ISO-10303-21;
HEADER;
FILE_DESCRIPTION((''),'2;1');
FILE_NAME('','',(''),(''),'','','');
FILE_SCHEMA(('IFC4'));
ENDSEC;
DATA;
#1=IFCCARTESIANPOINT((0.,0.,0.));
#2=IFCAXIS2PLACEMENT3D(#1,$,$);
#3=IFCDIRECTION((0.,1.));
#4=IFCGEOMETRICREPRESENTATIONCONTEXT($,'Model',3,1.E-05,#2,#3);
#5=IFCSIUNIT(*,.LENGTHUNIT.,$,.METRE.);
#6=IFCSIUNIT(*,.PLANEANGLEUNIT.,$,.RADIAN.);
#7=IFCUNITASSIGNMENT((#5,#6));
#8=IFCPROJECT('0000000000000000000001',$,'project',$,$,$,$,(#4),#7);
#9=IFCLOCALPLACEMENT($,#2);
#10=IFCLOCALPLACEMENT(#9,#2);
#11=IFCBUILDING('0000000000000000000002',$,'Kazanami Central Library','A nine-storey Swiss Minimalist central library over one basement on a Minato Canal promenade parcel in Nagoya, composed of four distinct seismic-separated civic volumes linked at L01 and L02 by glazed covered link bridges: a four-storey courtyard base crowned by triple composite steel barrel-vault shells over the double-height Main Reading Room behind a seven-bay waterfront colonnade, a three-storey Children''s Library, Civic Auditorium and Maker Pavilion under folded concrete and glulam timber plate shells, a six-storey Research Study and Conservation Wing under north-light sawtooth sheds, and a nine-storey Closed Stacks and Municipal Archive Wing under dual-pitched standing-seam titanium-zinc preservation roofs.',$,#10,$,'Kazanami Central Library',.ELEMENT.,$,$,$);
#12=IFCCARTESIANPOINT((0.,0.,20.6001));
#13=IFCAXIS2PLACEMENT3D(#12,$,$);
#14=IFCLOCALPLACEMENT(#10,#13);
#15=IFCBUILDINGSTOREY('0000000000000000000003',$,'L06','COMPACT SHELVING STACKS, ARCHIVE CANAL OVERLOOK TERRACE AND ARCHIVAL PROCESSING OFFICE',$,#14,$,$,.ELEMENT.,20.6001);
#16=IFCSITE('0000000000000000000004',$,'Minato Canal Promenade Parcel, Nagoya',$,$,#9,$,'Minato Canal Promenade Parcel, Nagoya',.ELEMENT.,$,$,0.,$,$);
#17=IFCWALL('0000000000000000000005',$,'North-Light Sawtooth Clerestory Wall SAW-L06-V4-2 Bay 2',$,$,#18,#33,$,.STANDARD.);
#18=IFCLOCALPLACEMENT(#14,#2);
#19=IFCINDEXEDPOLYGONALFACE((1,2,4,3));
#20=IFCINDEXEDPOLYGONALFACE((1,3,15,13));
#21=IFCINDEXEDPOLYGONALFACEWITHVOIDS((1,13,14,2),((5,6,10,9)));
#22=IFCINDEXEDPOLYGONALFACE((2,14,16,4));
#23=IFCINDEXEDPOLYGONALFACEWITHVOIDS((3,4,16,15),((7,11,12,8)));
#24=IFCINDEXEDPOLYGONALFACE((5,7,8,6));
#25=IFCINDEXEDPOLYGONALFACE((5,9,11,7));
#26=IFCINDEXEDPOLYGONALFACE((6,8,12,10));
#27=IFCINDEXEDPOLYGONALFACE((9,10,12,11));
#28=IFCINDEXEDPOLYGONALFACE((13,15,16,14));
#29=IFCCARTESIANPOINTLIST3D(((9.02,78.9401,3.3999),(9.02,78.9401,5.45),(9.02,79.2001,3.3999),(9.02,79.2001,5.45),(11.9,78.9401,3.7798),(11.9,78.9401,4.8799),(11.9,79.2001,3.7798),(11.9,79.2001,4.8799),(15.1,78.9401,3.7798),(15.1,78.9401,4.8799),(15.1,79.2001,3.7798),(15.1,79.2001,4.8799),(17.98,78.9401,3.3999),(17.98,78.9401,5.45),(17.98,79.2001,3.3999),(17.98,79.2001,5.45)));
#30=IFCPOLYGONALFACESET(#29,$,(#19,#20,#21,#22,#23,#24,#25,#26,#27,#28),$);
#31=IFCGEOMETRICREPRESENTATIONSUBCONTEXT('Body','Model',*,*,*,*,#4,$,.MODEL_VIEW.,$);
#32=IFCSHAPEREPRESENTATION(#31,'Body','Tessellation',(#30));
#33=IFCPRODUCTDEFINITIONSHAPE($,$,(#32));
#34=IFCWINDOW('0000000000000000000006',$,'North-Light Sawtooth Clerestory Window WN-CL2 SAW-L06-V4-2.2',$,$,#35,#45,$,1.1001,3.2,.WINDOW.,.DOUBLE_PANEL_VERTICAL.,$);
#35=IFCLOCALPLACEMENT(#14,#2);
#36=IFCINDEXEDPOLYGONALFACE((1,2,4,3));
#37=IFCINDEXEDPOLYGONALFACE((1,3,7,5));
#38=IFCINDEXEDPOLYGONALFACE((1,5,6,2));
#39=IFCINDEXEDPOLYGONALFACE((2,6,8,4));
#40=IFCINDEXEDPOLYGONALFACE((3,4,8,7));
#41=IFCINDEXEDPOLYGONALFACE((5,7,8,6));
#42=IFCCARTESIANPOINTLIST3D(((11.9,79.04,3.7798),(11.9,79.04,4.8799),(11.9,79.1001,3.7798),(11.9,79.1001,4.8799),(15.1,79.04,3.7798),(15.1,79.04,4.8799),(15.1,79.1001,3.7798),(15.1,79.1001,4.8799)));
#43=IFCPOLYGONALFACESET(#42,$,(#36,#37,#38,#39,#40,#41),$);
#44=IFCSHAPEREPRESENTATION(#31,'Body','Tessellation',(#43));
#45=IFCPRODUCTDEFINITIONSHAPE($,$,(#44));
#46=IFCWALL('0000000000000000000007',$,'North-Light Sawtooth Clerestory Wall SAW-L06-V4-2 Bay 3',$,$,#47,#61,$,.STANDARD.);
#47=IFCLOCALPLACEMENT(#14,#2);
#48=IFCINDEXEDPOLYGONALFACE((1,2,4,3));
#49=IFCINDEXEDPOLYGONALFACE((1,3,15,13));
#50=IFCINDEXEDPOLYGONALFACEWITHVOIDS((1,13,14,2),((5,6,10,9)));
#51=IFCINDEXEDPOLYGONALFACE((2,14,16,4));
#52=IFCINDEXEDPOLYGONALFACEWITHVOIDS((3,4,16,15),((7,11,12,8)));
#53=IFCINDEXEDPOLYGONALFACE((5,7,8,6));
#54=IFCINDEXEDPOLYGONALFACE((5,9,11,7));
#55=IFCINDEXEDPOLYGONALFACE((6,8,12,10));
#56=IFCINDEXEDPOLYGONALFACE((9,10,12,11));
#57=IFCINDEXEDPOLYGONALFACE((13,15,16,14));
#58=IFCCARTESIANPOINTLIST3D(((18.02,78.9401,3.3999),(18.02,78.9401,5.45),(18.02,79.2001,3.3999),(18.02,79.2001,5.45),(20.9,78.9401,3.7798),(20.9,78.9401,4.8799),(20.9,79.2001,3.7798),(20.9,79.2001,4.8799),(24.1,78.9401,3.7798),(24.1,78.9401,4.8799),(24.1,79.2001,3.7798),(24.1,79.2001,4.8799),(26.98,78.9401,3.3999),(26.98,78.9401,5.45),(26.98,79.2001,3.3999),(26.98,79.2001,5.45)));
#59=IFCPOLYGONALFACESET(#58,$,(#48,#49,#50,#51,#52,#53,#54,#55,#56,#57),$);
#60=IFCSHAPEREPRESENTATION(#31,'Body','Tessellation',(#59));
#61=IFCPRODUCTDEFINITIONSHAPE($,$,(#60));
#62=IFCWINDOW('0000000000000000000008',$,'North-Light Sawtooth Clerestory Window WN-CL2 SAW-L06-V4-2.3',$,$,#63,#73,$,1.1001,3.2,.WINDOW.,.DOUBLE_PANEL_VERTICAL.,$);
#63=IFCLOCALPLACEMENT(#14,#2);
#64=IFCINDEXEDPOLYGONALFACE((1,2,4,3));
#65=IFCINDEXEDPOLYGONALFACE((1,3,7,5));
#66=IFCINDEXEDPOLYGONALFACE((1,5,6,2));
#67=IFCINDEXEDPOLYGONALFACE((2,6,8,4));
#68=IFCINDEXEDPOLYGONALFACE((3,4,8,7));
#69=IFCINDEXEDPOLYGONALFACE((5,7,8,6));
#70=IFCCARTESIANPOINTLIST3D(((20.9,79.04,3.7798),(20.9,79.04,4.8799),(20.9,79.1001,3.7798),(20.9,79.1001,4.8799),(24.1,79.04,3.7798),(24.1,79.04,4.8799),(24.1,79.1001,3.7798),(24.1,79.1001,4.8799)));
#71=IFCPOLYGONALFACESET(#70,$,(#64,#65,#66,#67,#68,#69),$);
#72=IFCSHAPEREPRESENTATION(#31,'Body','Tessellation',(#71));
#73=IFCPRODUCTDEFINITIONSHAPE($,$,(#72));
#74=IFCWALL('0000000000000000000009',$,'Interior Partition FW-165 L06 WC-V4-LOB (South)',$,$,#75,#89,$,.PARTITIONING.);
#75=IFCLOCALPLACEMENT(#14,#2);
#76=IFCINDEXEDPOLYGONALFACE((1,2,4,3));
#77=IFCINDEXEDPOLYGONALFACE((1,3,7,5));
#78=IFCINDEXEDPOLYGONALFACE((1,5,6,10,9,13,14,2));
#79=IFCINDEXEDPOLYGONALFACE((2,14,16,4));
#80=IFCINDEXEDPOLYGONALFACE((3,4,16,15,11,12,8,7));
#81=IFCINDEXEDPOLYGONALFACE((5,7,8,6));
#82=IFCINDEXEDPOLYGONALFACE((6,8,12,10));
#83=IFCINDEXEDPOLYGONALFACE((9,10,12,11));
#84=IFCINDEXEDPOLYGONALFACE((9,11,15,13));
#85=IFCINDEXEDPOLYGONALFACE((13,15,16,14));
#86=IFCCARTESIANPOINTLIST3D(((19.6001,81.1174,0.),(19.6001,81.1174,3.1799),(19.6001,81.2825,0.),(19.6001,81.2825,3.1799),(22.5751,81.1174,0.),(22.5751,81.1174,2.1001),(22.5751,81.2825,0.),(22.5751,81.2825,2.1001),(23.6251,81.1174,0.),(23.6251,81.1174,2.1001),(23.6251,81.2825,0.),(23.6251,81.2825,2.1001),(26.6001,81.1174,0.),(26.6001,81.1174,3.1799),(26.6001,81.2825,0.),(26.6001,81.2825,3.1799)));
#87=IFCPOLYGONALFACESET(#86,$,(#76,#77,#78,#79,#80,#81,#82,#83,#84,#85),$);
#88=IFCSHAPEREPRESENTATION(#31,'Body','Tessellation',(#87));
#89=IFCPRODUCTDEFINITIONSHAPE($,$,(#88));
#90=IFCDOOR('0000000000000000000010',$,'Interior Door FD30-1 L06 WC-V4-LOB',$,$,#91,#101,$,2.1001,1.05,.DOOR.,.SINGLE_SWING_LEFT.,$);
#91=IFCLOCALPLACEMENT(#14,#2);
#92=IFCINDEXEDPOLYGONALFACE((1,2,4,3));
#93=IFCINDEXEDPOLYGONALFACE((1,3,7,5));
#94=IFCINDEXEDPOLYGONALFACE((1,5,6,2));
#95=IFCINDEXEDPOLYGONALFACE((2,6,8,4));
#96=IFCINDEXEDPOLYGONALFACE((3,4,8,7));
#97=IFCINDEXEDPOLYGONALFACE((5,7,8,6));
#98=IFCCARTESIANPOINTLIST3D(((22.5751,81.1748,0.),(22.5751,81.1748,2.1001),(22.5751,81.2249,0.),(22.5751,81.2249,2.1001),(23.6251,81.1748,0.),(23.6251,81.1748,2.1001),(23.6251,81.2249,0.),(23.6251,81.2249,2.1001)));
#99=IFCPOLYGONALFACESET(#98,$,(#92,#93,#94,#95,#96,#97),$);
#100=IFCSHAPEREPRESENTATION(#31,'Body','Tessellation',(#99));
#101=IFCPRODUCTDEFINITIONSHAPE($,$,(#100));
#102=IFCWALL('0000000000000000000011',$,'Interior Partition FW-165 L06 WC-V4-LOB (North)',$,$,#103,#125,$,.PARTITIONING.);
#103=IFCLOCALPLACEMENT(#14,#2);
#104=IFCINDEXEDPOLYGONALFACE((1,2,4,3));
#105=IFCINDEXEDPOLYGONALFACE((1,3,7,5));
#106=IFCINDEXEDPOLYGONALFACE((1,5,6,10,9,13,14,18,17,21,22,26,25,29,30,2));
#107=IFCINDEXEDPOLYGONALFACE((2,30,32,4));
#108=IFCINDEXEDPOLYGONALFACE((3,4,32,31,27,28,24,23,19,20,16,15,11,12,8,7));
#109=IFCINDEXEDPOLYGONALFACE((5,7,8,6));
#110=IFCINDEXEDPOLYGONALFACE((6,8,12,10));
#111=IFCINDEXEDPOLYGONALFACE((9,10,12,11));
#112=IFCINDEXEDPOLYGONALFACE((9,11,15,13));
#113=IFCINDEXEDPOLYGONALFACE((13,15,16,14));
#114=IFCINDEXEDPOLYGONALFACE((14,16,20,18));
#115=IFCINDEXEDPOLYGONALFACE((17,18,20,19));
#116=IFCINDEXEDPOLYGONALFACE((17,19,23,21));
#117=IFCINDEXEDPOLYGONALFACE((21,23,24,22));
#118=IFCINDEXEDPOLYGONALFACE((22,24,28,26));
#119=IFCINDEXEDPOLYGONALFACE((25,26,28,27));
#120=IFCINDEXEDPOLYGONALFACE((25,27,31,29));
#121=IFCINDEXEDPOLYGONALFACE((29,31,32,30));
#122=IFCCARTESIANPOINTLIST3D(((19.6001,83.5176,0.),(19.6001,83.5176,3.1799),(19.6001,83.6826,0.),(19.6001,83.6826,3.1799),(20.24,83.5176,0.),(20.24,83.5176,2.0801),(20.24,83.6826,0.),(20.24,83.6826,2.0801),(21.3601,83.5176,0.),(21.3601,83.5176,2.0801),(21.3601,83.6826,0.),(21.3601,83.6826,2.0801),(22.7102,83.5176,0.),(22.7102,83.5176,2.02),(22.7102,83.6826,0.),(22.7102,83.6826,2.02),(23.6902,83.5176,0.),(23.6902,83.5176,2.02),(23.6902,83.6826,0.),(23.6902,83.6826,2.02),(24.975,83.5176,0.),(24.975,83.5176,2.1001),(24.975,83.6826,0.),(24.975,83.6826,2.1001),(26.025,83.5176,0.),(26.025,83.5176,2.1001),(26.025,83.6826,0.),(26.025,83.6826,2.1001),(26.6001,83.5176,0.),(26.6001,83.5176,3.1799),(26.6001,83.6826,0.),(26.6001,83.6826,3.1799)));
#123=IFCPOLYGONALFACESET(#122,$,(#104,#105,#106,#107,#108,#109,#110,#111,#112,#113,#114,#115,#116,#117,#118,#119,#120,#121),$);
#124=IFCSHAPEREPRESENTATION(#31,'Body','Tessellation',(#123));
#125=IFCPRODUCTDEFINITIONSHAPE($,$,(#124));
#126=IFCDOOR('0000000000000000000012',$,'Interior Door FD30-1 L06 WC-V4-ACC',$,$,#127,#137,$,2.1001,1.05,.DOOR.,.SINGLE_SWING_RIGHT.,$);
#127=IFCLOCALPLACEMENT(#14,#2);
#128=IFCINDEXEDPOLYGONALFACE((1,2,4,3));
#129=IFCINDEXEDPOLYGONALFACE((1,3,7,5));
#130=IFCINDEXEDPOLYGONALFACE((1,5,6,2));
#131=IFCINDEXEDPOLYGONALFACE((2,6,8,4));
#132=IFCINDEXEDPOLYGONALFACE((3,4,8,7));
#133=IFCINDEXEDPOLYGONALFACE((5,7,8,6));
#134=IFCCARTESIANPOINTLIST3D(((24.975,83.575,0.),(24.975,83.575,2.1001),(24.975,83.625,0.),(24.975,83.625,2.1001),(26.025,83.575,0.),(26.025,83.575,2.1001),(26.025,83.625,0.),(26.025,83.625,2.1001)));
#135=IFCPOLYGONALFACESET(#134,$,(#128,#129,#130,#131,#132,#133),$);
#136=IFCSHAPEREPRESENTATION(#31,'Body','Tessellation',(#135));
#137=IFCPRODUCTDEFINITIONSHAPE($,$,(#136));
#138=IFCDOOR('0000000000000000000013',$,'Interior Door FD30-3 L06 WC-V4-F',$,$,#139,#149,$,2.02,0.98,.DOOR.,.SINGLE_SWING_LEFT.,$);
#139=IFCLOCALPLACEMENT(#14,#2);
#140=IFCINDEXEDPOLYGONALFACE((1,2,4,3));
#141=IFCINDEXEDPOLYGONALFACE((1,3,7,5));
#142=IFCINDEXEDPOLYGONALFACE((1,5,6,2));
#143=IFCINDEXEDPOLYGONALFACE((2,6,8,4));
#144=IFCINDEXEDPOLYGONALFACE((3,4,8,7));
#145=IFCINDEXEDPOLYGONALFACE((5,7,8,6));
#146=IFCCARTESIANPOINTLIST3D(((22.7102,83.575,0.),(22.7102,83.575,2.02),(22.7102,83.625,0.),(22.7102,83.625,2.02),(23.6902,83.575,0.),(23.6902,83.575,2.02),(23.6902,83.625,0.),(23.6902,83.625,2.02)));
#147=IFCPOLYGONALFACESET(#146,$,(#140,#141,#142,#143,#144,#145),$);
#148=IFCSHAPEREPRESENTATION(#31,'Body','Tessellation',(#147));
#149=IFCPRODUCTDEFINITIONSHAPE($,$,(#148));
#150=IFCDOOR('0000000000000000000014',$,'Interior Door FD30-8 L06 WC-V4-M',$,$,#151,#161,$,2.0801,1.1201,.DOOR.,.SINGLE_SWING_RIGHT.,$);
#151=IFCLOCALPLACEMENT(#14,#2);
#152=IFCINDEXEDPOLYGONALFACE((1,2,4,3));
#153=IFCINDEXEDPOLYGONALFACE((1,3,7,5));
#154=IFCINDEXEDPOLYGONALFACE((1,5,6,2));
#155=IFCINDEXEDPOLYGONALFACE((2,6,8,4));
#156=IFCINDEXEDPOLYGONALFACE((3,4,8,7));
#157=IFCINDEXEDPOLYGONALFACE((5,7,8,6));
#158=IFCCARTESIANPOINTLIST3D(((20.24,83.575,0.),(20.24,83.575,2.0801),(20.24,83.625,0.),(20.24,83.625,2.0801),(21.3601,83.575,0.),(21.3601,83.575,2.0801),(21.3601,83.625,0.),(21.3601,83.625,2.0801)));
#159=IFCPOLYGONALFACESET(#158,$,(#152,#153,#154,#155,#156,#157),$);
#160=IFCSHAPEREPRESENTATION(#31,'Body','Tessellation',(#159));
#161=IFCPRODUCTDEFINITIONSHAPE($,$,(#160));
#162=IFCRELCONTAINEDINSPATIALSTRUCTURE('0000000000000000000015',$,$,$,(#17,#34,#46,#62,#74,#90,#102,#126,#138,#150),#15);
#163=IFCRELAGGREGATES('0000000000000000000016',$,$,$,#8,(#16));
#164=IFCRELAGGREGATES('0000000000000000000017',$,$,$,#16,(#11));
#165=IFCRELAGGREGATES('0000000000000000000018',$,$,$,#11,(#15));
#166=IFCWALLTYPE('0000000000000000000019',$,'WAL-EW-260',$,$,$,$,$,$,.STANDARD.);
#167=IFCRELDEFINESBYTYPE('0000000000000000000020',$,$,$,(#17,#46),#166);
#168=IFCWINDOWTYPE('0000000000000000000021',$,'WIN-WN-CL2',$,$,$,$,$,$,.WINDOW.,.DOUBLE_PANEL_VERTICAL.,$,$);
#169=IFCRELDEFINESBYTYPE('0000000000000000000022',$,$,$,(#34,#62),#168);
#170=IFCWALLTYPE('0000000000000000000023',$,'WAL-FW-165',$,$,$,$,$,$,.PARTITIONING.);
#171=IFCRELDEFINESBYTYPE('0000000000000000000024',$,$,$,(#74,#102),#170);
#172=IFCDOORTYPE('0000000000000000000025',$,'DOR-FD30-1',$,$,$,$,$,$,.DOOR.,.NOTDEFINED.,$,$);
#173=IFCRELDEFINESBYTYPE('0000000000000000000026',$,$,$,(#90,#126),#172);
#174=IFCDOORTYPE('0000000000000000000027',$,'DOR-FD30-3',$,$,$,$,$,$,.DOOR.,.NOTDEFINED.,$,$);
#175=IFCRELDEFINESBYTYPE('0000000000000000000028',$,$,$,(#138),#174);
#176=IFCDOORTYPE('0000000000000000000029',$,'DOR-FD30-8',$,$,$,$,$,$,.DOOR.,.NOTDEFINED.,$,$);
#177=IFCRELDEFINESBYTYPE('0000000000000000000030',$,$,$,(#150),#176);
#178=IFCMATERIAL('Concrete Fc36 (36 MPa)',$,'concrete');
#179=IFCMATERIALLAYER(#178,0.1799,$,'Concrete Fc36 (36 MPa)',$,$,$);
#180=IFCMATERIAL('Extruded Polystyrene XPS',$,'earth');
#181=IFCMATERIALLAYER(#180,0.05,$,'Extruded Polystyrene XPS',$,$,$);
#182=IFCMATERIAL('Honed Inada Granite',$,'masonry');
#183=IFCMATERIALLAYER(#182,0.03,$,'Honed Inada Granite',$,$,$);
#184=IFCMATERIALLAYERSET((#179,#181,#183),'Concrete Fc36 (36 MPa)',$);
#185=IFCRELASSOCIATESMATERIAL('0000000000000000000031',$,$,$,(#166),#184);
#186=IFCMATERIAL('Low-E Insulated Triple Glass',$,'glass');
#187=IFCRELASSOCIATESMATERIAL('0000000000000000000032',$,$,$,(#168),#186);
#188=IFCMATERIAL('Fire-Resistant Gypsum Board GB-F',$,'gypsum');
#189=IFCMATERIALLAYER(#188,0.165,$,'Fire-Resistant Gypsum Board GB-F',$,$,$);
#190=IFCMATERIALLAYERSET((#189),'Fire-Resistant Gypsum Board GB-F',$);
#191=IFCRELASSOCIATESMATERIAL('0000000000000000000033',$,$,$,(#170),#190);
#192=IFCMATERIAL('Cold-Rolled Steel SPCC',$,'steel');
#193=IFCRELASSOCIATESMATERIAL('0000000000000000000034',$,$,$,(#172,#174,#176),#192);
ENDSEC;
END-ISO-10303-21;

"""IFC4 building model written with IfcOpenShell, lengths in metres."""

from ifc_helpers import new_model, si_unit, direction, frame, frame_2d, origin, place, context, subcontext, project, spatial, rectangle, extrude, material, layer, layer_set, type_object, element, fill, save


model = new_model("IFC4")

# Units and contexts
model_context = context("Model", 3, precision=1e-05, world=origin(), true_north=direction((0.0, 1.0)))
body_context = subcontext(model_context, "Body", "Model", "MODEL_VIEW")
ifc_project = project(units=[si_unit("LENGTHUNIT", "METRE"), si_unit("PLANEANGLEUNIT", "RADIAN")], contexts=[model_context])

# Site, building, storey
site_placement = place(None, origin())
site = spatial("IfcSite", under=ifc_project, at=site_placement, Name="Minato Canal Promenade Parcel, Nagoya", LongName="Minato Canal Promenade Parcel, Nagoya", CompositionType="ELEMENT", RefElevation=0.0)
building_placement = place(site_placement, origin())
building = spatial("IfcBuilding", under=site, at=building_placement, Name="Kazanami Central Library", Description="A nine-storey Swiss Minimalist central library over one basement on a Minato Canal promenade parcel in Nagoya, composed of four distinct seismic-separated civic volumes linked at L01 and L02 by glazed covered link bridges: a four-storey courtyard base crowned by triple composite steel barrel-vault shells over the double-height Main Reading Room behind a seven-bay waterfront colonnade, a three-storey Children's Library, Civic Auditorium and Maker Pavilion under folded concrete and glulam timber plate shells, a six-storey Research Study and Conservation Wing under north-light sawtooth sheds, and a nine-storey Closed Stacks and Municipal Archive Wing under dual-pitched standing-seam titanium-zinc preservation roofs.", LongName="Kazanami Central Library", CompositionType="ELEMENT")
storey_placement = place(building_placement, frame((0.0, 0.0, 20.6001)))
storey = spatial("IfcBuildingStorey", under=building, at=storey_placement, Name="L06", Description="COMPACT SHELVING STACKS, ARCHIVE CANAL OVERLOOK TERRACE AND ARCHIVAL PROCESSING OFFICE", CompositionType="ELEMENT", Elevation=20.6001)

# Walls, openings, windows
ifc_material_1 = material(Name="Concrete Fc36 (36 MPa)", Category="concrete")
ifc_layer_1 = layer(ifc_material_1, 0.1799, Name="Concrete Fc36 (36 MPa)")
ifc_material_2 = material(Name="Extruded Polystyrene XPS", Category="earth")
ifc_layer_2 = layer(ifc_material_2, 0.05, Name="Extruded Polystyrene XPS")
ifc_material_3 = material(Name="Honed Inada Granite", Category="masonry")
ifc_layer_3 = layer(ifc_material_3, 0.03, Name="Honed Inada Granite")
ifc_layer_set_1 = layer_set([ifc_layer_1, ifc_layer_2, ifc_layer_3], Name="Concrete Fc36 (36 MPa)")
wall_type_1 = type_object("IfcWallType", Name="WAL-EW-260", PredefinedType="STANDARD", material=ifc_layer_set_1)
wall_1_placement = place(storey_placement, frame((17.98, 79.0701, 3.3999), z_axis=(0.0, 0.0, 1.0), x_axis=(-1.0, 0.0, 0.0)))
wall_1 = element("IfcWall", 1, at=wall_1_placement, inside=storey, type_object=wall_type_1, Name="North-Light Sawtooth Clerestory Wall SAW-L06-V4-2 Bay 2", PredefinedType="STANDARD", context=body_context, shape_type="SweptSolid", body=[
    extrude(rectangle(XDim=8.96, YDim=0.26, at=frame_2d((4.48, 0.0))), origin(), (0.0, 0.0, 1.0), 2.05),
])
opening_1_placement = place(wall_1_placement, frame((2.8799, 0.0, 0.3799)))
opening_1 = element("IfcOpeningElement", 2, at=opening_1_placement, cuts=wall_1, PredefinedType="OPENING", context=body_context, shape_type="SweptSolid", body=[
    extrude(rectangle(XDim=3.2, YDim=1.1001, at=frame_2d((1.6001, 0.55))), frame((0.0, 0.1421, 0.0), z_axis=(0.0, -1.0, 0.0), x_axis=(1.0, 0.0, 0.0)), (0.0, 0.0, 1.0), 0.2839),
])
ifc_material_4 = material(Name="Low-E Insulated Triple Glass", Category="glass")
window_type = type_object("IfcWindowType", Name="WIN-WN-CL2", PartitioningType="DOUBLE_PANEL_VERTICAL", PredefinedType="WINDOW", material=ifc_material_4)
window_1_placement = place(opening_1_placement, origin())
window_1 = element("IfcWindow", 3, at=window_1_placement, inside=storey, type_object=window_type, Name="North-Light Sawtooth Clerestory Window WN-CL2 SAW-L06-V4-2.2", OverallHeight=1.1001, OverallWidth=3.2, PartitioningType="DOUBLE_PANEL_VERTICAL", PredefinedType="WINDOW", context=body_context, shape_type="SweptSolid", body=[
    extrude(rectangle(XDim=3.2, YDim=1.1001, at=frame_2d((1.6001, 0.55))), frame((0.0, 0.03, 0.0), z_axis=(0.0, -1.0, 0.0), x_axis=(1.0, 0.0, 0.0)), (0.0, 0.0, 1.0), 0.0601),
])
fill(opening_1, window_1)
wall_2_placement = place(storey_placement, frame((26.98, 79.0701, 3.3999), z_axis=(0.0, 0.0, 1.0), x_axis=(-1.0, 0.0, 0.0)))
wall_2 = element("IfcWall", 4, at=wall_2_placement, inside=storey, type_object=wall_type_1, Name="North-Light Sawtooth Clerestory Wall SAW-L06-V4-2 Bay 3", PredefinedType="STANDARD", context=body_context, shape_type="SweptSolid", body=[
    extrude(rectangle(XDim=8.96, YDim=0.26, at=frame_2d((4.48, 0.0))), origin(), (0.0, 0.0, 1.0), 2.05),
])
opening_2_placement = place(wall_2_placement, frame((2.8799, 0.0, 0.3799)))
opening_2 = element("IfcOpeningElement", 5, at=opening_2_placement, cuts=wall_2, PredefinedType="OPENING", context=body_context, shape_type="SweptSolid", body=[
    extrude(rectangle(XDim=3.2, YDim=1.1001, at=frame_2d((1.6001, 0.55))), frame((0.0, 0.1421, 0.0), z_axis=(0.0, -1.0, 0.0), x_axis=(1.0, 0.0, 0.0)), (0.0, 0.0, 1.0), 0.2839),
])
window_2_placement = place(opening_2_placement, origin())
window_2 = element("IfcWindow", 6, at=window_2_placement, inside=storey, type_object=window_type, Name="North-Light Sawtooth Clerestory Window WN-CL2 SAW-L06-V4-2.3", OverallHeight=1.1001, OverallWidth=3.2, PartitioningType="DOUBLE_PANEL_VERTICAL", PredefinedType="WINDOW", context=body_context, shape_type="SweptSolid", body=[
    extrude(rectangle(XDim=3.2, YDim=1.1001, at=frame_2d((1.6001, 0.55))), frame((0.0, 0.03, 0.0), z_axis=(0.0, -1.0, 0.0), x_axis=(1.0, 0.0, 0.0)), (0.0, 0.0, 1.0), 0.0601),
])
fill(opening_2, window_2)

# Wall, opening, door
ifc_material_5 = material(Name="Fire-Resistant Gypsum Board GB-F", Category="gypsum")
ifc_layer_4 = layer(ifc_material_5, 0.165, Name="Fire-Resistant Gypsum Board GB-F")
ifc_layer_set_2 = layer_set([ifc_layer_4], Name="Fire-Resistant Gypsum Board GB-F")
wall_type_2 = type_object("IfcWallType", Name="WAL-FW-165", PredefinedType="PARTITIONING", material=ifc_layer_set_2)
wall_3_placement = place(storey_placement, frame((19.6001, 81.2, 0.0), z_axis=(0.0, 0.0, 1.0), x_axis=(1.0, 0.0, 0.0)))
wall_3 = element("IfcWall", 7, at=wall_3_placement, inside=storey, type_object=wall_type_2, Name="Interior Partition FW-165 L06 WC-V4-LOB (South)", PredefinedType="PARTITIONING", context=body_context, shape_type="SweptSolid", body=[
    extrude(rectangle(XDim=7.0, YDim=0.165, at=frame_2d((3.5, 0.0))), origin(), (0.0, 0.0, 1.0), 3.1799),
])
opening_3_placement = place(wall_3_placement, frame((2.9751, 0.0, 0.0)))
opening_3 = element("IfcOpeningElement", 8, at=opening_3_placement, cuts=wall_3, PredefinedType="OPENING", context=body_context, shape_type="SweptSolid", body=[
    extrude(rectangle(XDim=1.05, YDim=2.1001, at=frame_2d((0.5249, 1.05))), frame((0.0, 0.0945, 0.0), z_axis=(0.0, -1.0, 0.0), x_axis=(1.0, 0.0, 0.0)), (0.0, 0.0, 1.0), 0.189),
])
ifc_material_6 = material(Name="Cold-Rolled Steel SPCC", Category="steel")
door_type_1 = type_object("IfcDoorType", Name="DOR-FD30-1", OperationType="NOTDEFINED", PredefinedType="DOOR", material=ifc_material_6)
door_1_placement = place(opening_3_placement, origin())
door_1 = element("IfcDoor", 9, at=door_1_placement, inside=storey, type_object=door_type_1, Name="Interior Door FD30-1 L06 WC-V4-LOB", OperationType="SINGLE_SWING_LEFT", OverallHeight=2.1001, OverallWidth=1.05, PredefinedType="DOOR", context=body_context, shape_type="SweptSolid", body=[
    extrude(rectangle(XDim=1.05, YDim=2.1001, at=frame_2d((0.5249, 1.05))), frame((0.0, 0.0249, 0.0), z_axis=(0.0, -1.0, 0.0), x_axis=(1.0, 0.0, 0.0)), (0.0, 0.0, 1.0), 0.05),
])
fill(opening_3, door_1)

# Wall, openings, doors
wall_4_placement = place(storey_placement, frame((19.6001, 83.6001, 0.0), z_axis=(0.0, 0.0, 1.0), x_axis=(1.0, 0.0, 0.0)))
wall_4 = element("IfcWall", 10, at=wall_4_placement, inside=storey, type_object=wall_type_2, Name="Interior Partition FW-165 L06 WC-V4-LOB (North)", PredefinedType="PARTITIONING", context=body_context, shape_type="SweptSolid", body=[
    extrude(rectangle(XDim=7.0, YDim=0.165, at=frame_2d((3.5, 0.0))), origin(), (0.0, 0.0, 1.0), 3.1799),
])
opening_4_placement = place(wall_4_placement, frame((0.6399, 0.0, 0.0)))
opening_4 = element("IfcOpeningElement", 11, at=opening_4_placement, cuts=wall_4, PredefinedType="OPENING", context=body_context, shape_type="SweptSolid", body=[
    extrude(rectangle(XDim=1.1201, YDim=2.0801, at=frame_2d((0.5601, 1.04))), frame((0.0, 0.0945, 0.0), z_axis=(0.0, -1.0, 0.0), x_axis=(1.0, 0.0, 0.0)), (0.0, 0.0, 1.0), 0.189),
])
opening_5_placement = place(wall_4_placement, frame((3.1101, 0.0, 0.0)))
opening_5 = element("IfcOpeningElement", 12, at=opening_5_placement, cuts=wall_4, PredefinedType="OPENING", context=body_context, shape_type="SweptSolid", body=[
    extrude(rectangle(XDim=0.98, YDim=2.02, at=frame_2d((0.49, 1.01))), frame((0.0, 0.0945, 0.0), z_axis=(0.0, -1.0, 0.0), x_axis=(1.0, 0.0, 0.0)), (0.0, 0.0, 1.0), 0.189),
])
opening_6_placement = place(wall_4_placement, frame((5.375, 0.0, 0.0)))
opening_6 = element("IfcOpeningElement", 13, at=opening_6_placement, cuts=wall_4, PredefinedType="OPENING", context=body_context, shape_type="SweptSolid", body=[
    extrude(rectangle(XDim=1.05, YDim=2.1001, at=frame_2d((0.5249, 1.05))), frame((0.0, 0.0945, 0.0), z_axis=(0.0, -1.0, 0.0), x_axis=(1.0, 0.0, 0.0)), (0.0, 0.0, 1.0), 0.189),
])
door_2_placement = place(opening_6_placement, origin())
door_2 = element("IfcDoor", 14, at=door_2_placement, inside=storey, type_object=door_type_1, Name="Interior Door FD30-1 L06 WC-V4-ACC", OperationType="SINGLE_SWING_RIGHT", OverallHeight=2.1001, OverallWidth=1.05, PredefinedType="DOOR", context=body_context, shape_type="SweptSolid", body=[
    extrude(rectangle(XDim=1.05, YDim=2.1001, at=frame_2d((0.5249, 1.05))), frame((0.0, 0.0249, 0.0), z_axis=(0.0, -1.0, 0.0), x_axis=(1.0, 0.0, 0.0)), (0.0, 0.0, 1.0), 0.05),
])
fill(opening_6, door_2)
door_type_2 = type_object("IfcDoorType", Name="DOR-FD30-3", OperationType="NOTDEFINED", PredefinedType="DOOR", material=ifc_material_6)
door_3_placement = place(opening_5_placement, origin())
door_3 = element("IfcDoor", 15, at=door_3_placement, inside=storey, type_object=door_type_2, Name="Interior Door FD30-3 L06 WC-V4-F", OperationType="SINGLE_SWING_LEFT", OverallHeight=2.02, OverallWidth=0.98, PredefinedType="DOOR", context=body_context, shape_type="SweptSolid", body=[
    extrude(rectangle(XDim=0.98, YDim=2.02, at=frame_2d((0.49, 1.01))), frame((0.0, 0.0249, 0.0), z_axis=(0.0, -1.0, 0.0), x_axis=(1.0, 0.0, 0.0)), (0.0, 0.0, 1.0), 0.05),
])
fill(opening_5, door_3)
door_type_3 = type_object("IfcDoorType", Name="DOR-FD30-8", OperationType="NOTDEFINED", PredefinedType="DOOR", material=ifc_material_6)
door_4_placement = place(opening_4_placement, origin())
door_4 = element("IfcDoor", 16, at=door_4_placement, inside=storey, type_object=door_type_3, Name="Interior Door FD30-8 L06 WC-V4-M", OperationType="SINGLE_SWING_RIGHT", OverallHeight=2.0801, OverallWidth=1.1201, PredefinedType="DOOR", context=body_context, shape_type="SweptSolid", body=[
    extrude(rectangle(XDim=1.1201, YDim=2.0801, at=frame_2d((0.5601, 1.04))), frame((0.0, 0.0249, 0.0), z_axis=(0.0, -1.0, 0.0), x_axis=(1.0, 0.0, 0.0)), (0.0, 0.0, 1.0), 0.05),
])
fill(opening_4, door_4)

save(model, "model.ifc")
